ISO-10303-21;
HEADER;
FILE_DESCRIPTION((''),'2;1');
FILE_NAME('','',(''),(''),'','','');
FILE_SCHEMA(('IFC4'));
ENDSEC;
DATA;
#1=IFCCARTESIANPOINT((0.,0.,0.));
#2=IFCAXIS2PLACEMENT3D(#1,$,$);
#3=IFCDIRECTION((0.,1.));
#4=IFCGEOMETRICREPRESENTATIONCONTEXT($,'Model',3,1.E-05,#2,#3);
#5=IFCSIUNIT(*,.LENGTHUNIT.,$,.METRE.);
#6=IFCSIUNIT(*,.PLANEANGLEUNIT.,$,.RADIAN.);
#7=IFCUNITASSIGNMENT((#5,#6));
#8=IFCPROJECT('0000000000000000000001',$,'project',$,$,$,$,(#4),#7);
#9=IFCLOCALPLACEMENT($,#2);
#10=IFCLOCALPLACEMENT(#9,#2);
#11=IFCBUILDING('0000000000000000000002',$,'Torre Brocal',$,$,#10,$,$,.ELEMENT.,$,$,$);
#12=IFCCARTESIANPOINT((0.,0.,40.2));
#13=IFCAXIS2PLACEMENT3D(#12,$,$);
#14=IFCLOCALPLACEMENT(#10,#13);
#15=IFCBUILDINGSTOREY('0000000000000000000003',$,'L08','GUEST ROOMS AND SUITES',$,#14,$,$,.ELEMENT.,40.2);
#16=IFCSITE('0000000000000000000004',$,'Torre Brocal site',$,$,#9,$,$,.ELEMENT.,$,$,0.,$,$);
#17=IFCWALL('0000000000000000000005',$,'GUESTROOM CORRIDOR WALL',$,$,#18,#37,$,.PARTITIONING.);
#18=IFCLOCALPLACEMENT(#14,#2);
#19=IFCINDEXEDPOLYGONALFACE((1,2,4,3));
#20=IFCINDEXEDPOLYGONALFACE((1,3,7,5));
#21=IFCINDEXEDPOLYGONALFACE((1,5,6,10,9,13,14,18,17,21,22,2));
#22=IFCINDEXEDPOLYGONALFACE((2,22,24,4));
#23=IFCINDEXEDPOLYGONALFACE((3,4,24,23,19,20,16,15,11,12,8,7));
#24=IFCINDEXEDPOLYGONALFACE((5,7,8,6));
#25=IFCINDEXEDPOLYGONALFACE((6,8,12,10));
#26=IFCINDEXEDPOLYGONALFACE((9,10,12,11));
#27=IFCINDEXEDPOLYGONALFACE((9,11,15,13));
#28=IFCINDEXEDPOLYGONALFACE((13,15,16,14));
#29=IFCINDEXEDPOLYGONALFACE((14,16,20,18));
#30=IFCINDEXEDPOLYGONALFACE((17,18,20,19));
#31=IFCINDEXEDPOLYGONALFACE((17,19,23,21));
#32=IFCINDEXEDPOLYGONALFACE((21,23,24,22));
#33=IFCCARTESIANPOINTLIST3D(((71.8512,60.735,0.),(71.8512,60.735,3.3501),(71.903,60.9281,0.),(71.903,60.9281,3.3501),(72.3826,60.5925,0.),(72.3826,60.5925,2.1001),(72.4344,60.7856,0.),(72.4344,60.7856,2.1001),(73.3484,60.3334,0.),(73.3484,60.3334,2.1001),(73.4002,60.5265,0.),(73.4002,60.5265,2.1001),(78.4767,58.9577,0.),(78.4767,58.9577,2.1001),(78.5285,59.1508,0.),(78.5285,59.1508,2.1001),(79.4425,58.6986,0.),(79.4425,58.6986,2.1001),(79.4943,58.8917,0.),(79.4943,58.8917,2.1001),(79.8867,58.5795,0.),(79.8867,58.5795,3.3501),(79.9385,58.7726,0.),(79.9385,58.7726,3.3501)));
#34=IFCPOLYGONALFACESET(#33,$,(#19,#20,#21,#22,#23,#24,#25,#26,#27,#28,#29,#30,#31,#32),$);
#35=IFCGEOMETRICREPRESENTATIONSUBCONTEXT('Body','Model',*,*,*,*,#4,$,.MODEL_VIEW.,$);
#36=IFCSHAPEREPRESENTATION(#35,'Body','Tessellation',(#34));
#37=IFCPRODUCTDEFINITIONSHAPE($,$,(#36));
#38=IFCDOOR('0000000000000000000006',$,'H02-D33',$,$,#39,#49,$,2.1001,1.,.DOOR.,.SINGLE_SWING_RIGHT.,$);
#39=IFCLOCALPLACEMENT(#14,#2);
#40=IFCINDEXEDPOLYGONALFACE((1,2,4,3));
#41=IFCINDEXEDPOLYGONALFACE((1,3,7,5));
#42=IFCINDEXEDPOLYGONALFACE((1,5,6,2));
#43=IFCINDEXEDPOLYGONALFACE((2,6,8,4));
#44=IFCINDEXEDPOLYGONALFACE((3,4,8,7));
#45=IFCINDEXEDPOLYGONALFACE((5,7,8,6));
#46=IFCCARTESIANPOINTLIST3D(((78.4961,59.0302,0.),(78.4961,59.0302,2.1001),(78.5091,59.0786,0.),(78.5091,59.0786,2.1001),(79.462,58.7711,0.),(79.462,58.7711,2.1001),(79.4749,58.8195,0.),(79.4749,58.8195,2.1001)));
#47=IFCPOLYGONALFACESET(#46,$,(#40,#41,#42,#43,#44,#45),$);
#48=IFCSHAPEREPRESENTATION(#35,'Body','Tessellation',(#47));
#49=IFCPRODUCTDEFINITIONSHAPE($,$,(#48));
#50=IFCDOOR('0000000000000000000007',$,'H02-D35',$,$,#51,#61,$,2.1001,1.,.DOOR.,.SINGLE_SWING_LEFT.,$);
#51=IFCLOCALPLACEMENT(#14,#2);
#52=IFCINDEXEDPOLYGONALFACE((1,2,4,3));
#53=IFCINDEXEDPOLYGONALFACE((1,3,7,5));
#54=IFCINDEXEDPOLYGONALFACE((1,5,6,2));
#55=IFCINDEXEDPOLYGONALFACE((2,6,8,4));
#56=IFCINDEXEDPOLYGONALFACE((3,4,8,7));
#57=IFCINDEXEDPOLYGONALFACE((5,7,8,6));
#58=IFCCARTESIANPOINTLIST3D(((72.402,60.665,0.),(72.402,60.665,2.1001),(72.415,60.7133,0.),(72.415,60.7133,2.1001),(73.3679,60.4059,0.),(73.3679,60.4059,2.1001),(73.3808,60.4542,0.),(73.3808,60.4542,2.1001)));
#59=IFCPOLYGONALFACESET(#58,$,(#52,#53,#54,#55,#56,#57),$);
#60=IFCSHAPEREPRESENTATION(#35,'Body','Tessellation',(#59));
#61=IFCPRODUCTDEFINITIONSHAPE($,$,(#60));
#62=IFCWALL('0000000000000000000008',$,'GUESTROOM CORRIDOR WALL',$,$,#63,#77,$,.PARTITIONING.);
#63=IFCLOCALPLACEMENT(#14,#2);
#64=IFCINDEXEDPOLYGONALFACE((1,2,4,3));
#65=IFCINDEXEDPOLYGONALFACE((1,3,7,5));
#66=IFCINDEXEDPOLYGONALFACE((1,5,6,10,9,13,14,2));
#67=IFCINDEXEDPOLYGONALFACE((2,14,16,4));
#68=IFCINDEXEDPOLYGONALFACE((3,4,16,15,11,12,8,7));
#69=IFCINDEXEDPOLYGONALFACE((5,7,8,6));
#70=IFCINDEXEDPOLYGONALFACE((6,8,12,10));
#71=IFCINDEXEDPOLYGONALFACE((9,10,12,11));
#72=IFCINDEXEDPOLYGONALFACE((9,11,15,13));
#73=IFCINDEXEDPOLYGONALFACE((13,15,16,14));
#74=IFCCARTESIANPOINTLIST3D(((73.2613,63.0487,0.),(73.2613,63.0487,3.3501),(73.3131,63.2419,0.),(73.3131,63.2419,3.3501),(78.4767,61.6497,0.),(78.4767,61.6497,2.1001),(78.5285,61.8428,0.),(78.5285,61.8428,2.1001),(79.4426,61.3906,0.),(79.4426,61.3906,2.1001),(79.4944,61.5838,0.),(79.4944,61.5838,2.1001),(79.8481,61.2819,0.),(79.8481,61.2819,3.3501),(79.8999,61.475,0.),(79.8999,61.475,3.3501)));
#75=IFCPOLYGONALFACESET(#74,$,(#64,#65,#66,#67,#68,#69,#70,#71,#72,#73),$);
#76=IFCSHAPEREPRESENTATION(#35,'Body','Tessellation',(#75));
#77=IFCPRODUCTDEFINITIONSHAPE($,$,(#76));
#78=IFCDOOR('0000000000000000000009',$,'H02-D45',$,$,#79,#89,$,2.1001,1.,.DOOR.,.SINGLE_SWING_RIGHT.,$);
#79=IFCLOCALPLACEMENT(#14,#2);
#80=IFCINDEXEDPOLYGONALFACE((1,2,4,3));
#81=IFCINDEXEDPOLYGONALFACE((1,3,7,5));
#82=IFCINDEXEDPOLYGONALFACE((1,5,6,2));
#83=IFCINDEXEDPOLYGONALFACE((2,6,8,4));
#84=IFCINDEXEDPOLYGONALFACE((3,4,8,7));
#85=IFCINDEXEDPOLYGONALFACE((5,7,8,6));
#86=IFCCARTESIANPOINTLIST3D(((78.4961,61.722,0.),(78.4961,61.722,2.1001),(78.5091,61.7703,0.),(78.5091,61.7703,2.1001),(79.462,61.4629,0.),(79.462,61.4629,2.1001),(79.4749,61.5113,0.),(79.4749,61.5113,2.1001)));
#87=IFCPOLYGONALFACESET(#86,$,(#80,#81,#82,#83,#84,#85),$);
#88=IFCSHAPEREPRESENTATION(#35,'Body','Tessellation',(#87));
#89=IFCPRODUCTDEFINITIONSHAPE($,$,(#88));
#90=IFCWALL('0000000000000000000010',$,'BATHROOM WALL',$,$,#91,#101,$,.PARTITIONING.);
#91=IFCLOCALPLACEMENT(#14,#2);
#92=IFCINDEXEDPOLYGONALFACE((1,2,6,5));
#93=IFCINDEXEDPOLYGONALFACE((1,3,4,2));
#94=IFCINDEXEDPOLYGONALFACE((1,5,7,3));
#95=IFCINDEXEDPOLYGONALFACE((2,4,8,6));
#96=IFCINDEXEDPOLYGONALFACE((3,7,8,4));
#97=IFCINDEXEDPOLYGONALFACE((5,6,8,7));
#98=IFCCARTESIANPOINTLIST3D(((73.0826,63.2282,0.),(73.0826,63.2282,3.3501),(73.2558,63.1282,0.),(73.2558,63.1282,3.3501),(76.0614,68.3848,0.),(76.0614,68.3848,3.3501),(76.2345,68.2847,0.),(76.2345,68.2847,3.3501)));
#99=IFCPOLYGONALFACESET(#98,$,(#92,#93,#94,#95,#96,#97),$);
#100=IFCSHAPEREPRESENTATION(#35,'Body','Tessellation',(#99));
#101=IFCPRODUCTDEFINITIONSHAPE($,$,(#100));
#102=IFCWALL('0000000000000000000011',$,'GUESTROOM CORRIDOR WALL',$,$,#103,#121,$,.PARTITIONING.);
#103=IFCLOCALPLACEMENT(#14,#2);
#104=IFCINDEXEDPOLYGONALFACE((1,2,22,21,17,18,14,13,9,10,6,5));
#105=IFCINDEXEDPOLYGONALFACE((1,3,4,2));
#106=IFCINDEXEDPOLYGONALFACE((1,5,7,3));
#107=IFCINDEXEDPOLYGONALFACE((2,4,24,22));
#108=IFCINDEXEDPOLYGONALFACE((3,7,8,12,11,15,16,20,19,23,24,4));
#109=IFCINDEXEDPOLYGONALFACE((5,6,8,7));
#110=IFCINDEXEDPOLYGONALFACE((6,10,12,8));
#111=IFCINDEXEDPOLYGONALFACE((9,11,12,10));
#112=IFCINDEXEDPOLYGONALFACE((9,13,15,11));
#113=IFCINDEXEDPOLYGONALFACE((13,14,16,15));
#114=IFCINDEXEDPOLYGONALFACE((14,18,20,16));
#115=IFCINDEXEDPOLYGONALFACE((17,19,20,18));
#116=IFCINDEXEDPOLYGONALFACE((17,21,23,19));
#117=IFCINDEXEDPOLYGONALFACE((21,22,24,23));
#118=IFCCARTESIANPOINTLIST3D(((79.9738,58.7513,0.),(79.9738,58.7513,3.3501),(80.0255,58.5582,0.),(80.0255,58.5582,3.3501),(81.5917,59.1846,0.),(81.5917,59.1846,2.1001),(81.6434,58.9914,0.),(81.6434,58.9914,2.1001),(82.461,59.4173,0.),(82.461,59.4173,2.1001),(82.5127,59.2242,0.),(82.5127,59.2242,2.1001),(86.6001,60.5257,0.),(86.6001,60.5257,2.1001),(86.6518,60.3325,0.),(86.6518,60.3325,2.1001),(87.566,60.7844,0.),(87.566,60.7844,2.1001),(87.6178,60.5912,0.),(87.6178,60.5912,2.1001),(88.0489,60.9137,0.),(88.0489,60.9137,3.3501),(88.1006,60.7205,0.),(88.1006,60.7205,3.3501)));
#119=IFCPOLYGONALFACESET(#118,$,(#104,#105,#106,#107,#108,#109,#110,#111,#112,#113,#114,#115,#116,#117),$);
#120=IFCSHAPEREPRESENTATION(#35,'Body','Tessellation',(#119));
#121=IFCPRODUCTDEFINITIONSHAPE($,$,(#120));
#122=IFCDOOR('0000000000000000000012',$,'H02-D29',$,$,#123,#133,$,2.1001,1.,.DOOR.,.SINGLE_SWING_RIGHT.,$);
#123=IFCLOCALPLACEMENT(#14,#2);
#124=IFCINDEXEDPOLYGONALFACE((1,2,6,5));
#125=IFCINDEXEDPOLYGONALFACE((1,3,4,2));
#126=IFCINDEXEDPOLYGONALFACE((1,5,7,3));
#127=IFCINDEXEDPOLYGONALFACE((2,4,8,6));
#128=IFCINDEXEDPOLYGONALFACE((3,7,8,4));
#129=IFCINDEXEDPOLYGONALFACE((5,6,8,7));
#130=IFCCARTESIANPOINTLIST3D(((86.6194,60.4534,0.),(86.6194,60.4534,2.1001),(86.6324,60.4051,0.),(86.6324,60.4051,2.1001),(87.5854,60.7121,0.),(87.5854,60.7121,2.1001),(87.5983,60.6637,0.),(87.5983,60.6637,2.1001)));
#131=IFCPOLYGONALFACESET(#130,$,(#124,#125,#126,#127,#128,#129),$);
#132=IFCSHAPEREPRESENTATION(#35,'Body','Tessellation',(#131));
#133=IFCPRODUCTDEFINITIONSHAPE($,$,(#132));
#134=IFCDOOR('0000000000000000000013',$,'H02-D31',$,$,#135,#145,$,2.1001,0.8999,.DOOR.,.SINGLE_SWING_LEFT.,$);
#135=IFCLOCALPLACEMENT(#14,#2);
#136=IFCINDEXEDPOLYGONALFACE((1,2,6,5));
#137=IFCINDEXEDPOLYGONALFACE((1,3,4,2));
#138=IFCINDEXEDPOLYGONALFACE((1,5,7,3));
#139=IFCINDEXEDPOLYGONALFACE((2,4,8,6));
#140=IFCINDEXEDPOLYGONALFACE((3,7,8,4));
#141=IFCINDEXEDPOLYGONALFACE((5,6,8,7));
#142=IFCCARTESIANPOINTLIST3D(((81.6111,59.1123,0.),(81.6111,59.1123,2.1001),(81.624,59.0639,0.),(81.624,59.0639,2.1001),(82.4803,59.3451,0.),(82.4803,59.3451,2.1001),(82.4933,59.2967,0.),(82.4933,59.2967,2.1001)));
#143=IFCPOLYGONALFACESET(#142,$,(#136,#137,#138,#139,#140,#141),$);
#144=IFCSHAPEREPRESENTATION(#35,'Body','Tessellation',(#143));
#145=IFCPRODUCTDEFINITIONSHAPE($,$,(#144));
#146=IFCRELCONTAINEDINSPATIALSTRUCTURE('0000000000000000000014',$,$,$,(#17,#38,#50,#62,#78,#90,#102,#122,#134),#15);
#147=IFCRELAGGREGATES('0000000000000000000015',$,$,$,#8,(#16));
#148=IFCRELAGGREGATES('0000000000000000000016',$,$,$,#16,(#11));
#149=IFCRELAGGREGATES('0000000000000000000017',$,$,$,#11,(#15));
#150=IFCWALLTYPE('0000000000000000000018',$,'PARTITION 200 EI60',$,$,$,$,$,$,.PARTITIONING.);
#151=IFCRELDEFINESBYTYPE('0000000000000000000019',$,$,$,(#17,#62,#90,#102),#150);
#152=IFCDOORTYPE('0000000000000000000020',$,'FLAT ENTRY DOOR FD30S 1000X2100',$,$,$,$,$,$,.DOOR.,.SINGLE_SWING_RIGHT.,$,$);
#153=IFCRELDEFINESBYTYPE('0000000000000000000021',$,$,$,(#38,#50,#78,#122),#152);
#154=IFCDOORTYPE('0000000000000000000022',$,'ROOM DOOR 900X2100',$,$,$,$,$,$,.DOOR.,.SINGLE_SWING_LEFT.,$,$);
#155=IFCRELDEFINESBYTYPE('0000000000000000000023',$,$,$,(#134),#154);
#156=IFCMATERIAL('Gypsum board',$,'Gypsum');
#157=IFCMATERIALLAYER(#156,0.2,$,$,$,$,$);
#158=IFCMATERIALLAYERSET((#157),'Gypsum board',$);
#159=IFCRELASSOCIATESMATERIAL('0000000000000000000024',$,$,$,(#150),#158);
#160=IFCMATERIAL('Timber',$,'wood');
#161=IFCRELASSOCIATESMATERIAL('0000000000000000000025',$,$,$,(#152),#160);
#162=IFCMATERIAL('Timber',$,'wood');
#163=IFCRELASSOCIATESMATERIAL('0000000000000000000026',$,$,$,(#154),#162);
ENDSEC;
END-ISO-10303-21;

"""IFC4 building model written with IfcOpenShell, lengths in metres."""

from ifc_helpers import new_model, si_unit, direction, frame, frame_2d, origin, place, context, subcontext, project, spatial, rectangle, extrude, material, layer, layer_set, type_object, element, fill, save


model = new_model("IFC4")

# Units and contexts
model_context = context("Model", 3, precision=1e-05, world=origin(), true_north=direction((0.0, 1.0)))
body_context = subcontext(model_context, "Body", "Model", "MODEL_VIEW")
ifc_project = project(units=[si_unit("LENGTHUNIT", "METRE"), si_unit("PLANEANGLEUNIT", "RADIAN")], contexts=[model_context])

# Site, building, storey
site_placement = place(None, origin())
site = spatial("IfcSite", under=ifc_project, at=site_placement, Name="Torre Brocal site", CompositionType="ELEMENT", RefElevation=0.0)
building_placement = place(site_placement, origin())
building = spatial("IfcBuilding", under=site, at=building_placement, Name="Torre Brocal", CompositionType="ELEMENT")
storey_placement = place(building_placement, frame((0.0, 0.0, 40.2)))
storey = spatial("IfcBuildingStorey", under=building, at=storey_placement, Name="L08", Description="GUEST ROOMS AND SUITES", CompositionType="ELEMENT", Elevation=40.2)

# Shared definitions
ifc_material_1 = material(Name="Gypsum board", Category="Gypsum")
ifc_layer_1 = layer(ifc_material_1, 0.2)
ifc_layer_set_1 = layer_set([ifc_layer_1], Name="Gypsum board")
wall_type_1 = type_object("IfcWallType", Name="PARTITION 200 EI60", PredefinedType="PARTITIONING", material=ifc_layer_set_1)

# Wall, openings, doors
wall_1_placement = place(storey_placement, frame((71.8772, 60.8315, 0.0), z_axis=(0.0, 0.0, 1.0), x_axis=(0.965853, -0.259093, 0.0)))
wall_1 = element("IfcWall", 1, at=wall_1_placement, inside=storey, type_object=wall_type_1, Name="GUESTROOM CORRIDOR WALL", PredefinedType="PARTITIONING", context=body_context, shape_type="SweptSolid", body=[
    extrude(rectangle(XDim=8.3196, YDim=0.2, at=frame_2d((4.1597, 0.0))), origin(), (0.0, 0.0, 1.0), 3.3501),
])
opening_1_placement = place(wall_1_placement, frame((6.8596, 0.0, 0.0)))
opening_1 = element("IfcOpeningElement", 2, at=opening_1_placement, cuts=wall_1, PredefinedType="OPENING", context=body_context, shape_type="SweptSolid", body=[
    extrude(rectangle(XDim=1.0, YDim=2.1001, at=frame_2d((0.5, 1.05))), frame((0.0, 0.1099, 0.0), z_axis=(0.0, -1.0, 0.0), x_axis=(1.0, 0.0, 0.0)), (0.0, 0.0, 1.0), 0.22),
])
opening_2_placement = place(wall_1_placement, frame((0.55, 0.0, 0.0)))
opening_2 = element("IfcOpeningElement", 3, at=opening_2_placement, cuts=wall_1, PredefinedType="OPENING", context=body_context, shape_type="SweptSolid", body=[
    extrude(rectangle(XDim=1.0, YDim=2.1001, at=frame_2d((0.5, 1.05))), frame((0.0, 0.1099, 0.0), z_axis=(0.0, -1.0, 0.0), x_axis=(1.0, 0.0, 0.0)), (0.0, 0.0, 1.0), 0.22),
])
ifc_material_2 = material(Name="Timber", Category="wood")
door_type_1 = type_object("IfcDoorType", Name="FLAT ENTRY DOOR FD30S 1000X2100", OperationType="SINGLE_SWING_RIGHT", PredefinedType="DOOR", material=ifc_material_2)
door_1_placement = place(opening_1_placement, frame((1.0, 0.0, 0.0), z_axis=(0.0, 0.0, 1.0), x_axis=(-1.0, 0.0, 0.0)))
door_1 = element("IfcDoor", 4, at=door_1_placement, inside=storey, type_object=door_type_1, Name="H02-D33", OperationType="SINGLE_SWING_RIGHT", OverallHeight=2.1001, OverallWidth=1.0, PredefinedType="DOOR", context=body_context, shape_type="SweptSolid", body=[
    extrude(rectangle(XDim=1.0, YDim=2.1001, at=frame_2d((0.5, 1.05))), frame((0.0, 0.0249, 0.0), z_axis=(0.0, -1.0, 0.0), x_axis=(1.0, 0.0, 0.0)), (0.0, 0.0, 1.0), 0.05),
])
fill(opening_1, door_1)
door_2_placement = place(opening_2_placement, frame((1.0, 0.0, 0.0), z_axis=(0.0, 0.0, 1.0), x_axis=(-1.0, 0.0, 0.0)))
door_2 = element("IfcDoor", 5, at=door_2_placement, inside=storey, type_object=door_type_1, Name="H02-D35", OperationType="SINGLE_SWING_LEFT", OverallHeight=2.1001, OverallWidth=1.0, PredefinedType="DOOR", context=body_context, shape_type="SweptSolid", body=[
    extrude(rectangle(XDim=1.0, YDim=2.1001, at=frame_2d((0.5, 1.05))), frame((0.0, 0.0249, 0.0), z_axis=(0.0, -1.0, 0.0), x_axis=(1.0, 0.0, 0.0)), (0.0, 0.0, 1.0), 0.05),
])
fill(opening_2, door_2)

# Wall, opening, door
wall_2_placement = place(storey_placement, frame((73.2874, 63.1453, 0.0), z_axis=(0.0, 0.0, 1.0), x_axis=(0.965854, -0.259086, 0.0)))
wall_2 = element("IfcWall", 6, at=wall_2_placement, inside=storey, type_object=wall_type_1, Name="GUESTROOM CORRIDOR WALL", PredefinedType="PARTITIONING", context=body_context, shape_type="SweptSolid", body=[
    extrude(rectangle(XDim=6.8196, YDim=0.2, at=frame_2d((3.4097, 0.0))), origin(), (0.0, 0.0, 1.0), 3.3501),
])
opening_3_placement = place(wall_2_placement, frame((5.3997, 0.0, 0.0)))
opening_3 = element("IfcOpeningElement", 7, at=opening_3_placement, cuts=wall_2, PredefinedType="OPENING", context=body_context, shape_type="SweptSolid", body=[
    extrude(rectangle(XDim=1.0, YDim=2.1001, at=frame_2d((0.5, 1.05))), frame((0.0, 0.1099, 0.0), z_axis=(0.0, -1.0, 0.0), x_axis=(1.0, 0.0, 0.0)), (0.0, 0.0, 1.0), 0.22),
])
door_3_placement = place(opening_3_placement, origin())
door_3 = element("IfcDoor", 8, at=door_3_placement, inside=storey, type_object=door_type_1, Name="H02-D45", OperationType="SINGLE_SWING_RIGHT", OverallHeight=2.1001, OverallWidth=1.0, PredefinedType="DOOR", context=body_context, shape_type="SweptSolid", body=[
    extrude(rectangle(XDim=1.0, YDim=2.1001, at=frame_2d((0.5, 1.05))), frame((0.0, 0.0249, 0.0), z_axis=(0.0, -1.0, 0.0), x_axis=(1.0, 0.0, 0.0)), (0.0, 0.0, 1.0), 0.05),
])
fill(opening_3, door_3)

# Wall
wall_3_placement = place(storey_placement, frame((73.1692, 63.1782, 0.0), z_axis=(0.0, 0.0, 1.0), x_axis=(0.500209, 0.865905, 0.0)))
element("IfcWall", 9, at=wall_3_placement, inside=storey, type_object=wall_type_1, Name="BATHROOM WALL", PredefinedType="PARTITIONING", context=body_context, shape_type="SweptSolid", body=[
    extrude(rectangle(XDim=5.9551, YDim=0.2, at=frame_2d((2.9775, 0.0))), origin(), (0.0, 0.0, 1.0), 3.3501),
])

# Wall, openings, doors
wall_4_placement = place(storey_placement, frame((79.9998, 58.6548, 0.0), z_axis=(0.0, 0.0, 1.0), x_axis=(0.965967, 0.258664, 0.0)))
wall_4 = element("IfcWall", 10, at=wall_4_placement, inside=storey, type_object=wall_type_1, Name="GUESTROOM CORRIDOR WALL", PredefinedType="PARTITIONING", context=body_context, shape_type="SweptSolid", body=[
    extrude(rectangle(XDim=8.3596, YDim=0.2, at=frame_2d((4.1797, 0.0))), origin(), (0.0, 0.0, 1.0), 3.3501),
])
opening_4_placement = place(wall_4_placement, frame((6.8596, 0.0, 0.0)))
opening_4 = element("IfcOpeningElement", 11, at=opening_4_placement, cuts=wall_4, PredefinedType="OPENING", context=body_context, shape_type="SweptSolid", body=[
    extrude(rectangle(XDim=1.0, YDim=2.1001, at=frame_2d((0.5, 1.05))), frame((0.0, 0.1099, 0.0), z_axis=(0.0, -1.0, 0.0), x_axis=(1.0, 0.0, 0.0)), (0.0, 0.0, 1.0), 0.22),
])
opening_5_placement = place(wall_4_placement, frame((1.6748, 0.0, 0.0)))
opening_5 = element("IfcOpeningElement", 12, at=opening_5_placement, cuts=wall_4, PredefinedType="OPENING", context=body_context, shape_type="SweptSolid", body=[
    extrude(rectangle(XDim=0.8999, YDim=2.1001, at=frame_2d((0.45, 1.05))), frame((0.0, 0.1099, 0.0), z_axis=(0.0, -1.0, 0.0), x_axis=(1.0, 0.0, 0.0)), (0.0, 0.0, 1.0), 0.22),
])
door_4_placement = place(opening_4_placement, frame((1.0, 0.0, 0.0), z_axis=(0.0, 0.0, 1.0), x_axis=(-1.0, 0.0, 0.0)))
door_4 = element("IfcDoor", 13, at=door_4_placement, inside=storey, type_object=door_type_1, Name="H02-D29", OperationType="SINGLE_SWING_RIGHT", OverallHeight=2.1001, OverallWidth=1.0, PredefinedType="DOOR", context=body_context, shape_type="SweptSolid", body=[
    extrude(rectangle(XDim=1.0, YDim=2.1001, at=frame_2d((0.5, 1.05))), frame((0.0, 0.0249, 0.0), z_axis=(0.0, -1.0, 0.0), x_axis=(1.0, 0.0, 0.0)), (0.0, 0.0, 1.0), 0.05),
])
fill(opening_4, door_4)
ifc_material_3 = material(Name="Timber", Category="wood")
door_type_2 = type_object("IfcDoorType", Name="ROOM DOOR 900X2100", OperationType="SINGLE_SWING_LEFT", PredefinedType="DOOR", material=ifc_material_3)
door_5_placement = place(opening_5_placement, frame((0.8999, 0.0, 0.0), z_axis=(0.0, 0.0, 1.0), x_axis=(-1.0, 0.0, 0.0)))
door_5 = element("IfcDoor", 14, at=door_5_placement, inside=storey, type_object=door_type_2, Name="H02-D31", OperationType="SINGLE_SWING_LEFT", OverallHeight=2.1001, OverallWidth=0.8999, PredefinedType="DOOR", context=body_context, shape_type="SweptSolid", body=[
    extrude(rectangle(XDim=0.8999, YDim=2.1001, at=frame_2d((0.45, 1.05))), frame((0.0, 0.0249, 0.0), z_axis=(0.0, -1.0, 0.0), x_axis=(1.0, 0.0, 0.0)), (0.0, 0.0, 1.0), 0.05),
])
fill(opening_5, door_5)

save(model, "model.ifc")
